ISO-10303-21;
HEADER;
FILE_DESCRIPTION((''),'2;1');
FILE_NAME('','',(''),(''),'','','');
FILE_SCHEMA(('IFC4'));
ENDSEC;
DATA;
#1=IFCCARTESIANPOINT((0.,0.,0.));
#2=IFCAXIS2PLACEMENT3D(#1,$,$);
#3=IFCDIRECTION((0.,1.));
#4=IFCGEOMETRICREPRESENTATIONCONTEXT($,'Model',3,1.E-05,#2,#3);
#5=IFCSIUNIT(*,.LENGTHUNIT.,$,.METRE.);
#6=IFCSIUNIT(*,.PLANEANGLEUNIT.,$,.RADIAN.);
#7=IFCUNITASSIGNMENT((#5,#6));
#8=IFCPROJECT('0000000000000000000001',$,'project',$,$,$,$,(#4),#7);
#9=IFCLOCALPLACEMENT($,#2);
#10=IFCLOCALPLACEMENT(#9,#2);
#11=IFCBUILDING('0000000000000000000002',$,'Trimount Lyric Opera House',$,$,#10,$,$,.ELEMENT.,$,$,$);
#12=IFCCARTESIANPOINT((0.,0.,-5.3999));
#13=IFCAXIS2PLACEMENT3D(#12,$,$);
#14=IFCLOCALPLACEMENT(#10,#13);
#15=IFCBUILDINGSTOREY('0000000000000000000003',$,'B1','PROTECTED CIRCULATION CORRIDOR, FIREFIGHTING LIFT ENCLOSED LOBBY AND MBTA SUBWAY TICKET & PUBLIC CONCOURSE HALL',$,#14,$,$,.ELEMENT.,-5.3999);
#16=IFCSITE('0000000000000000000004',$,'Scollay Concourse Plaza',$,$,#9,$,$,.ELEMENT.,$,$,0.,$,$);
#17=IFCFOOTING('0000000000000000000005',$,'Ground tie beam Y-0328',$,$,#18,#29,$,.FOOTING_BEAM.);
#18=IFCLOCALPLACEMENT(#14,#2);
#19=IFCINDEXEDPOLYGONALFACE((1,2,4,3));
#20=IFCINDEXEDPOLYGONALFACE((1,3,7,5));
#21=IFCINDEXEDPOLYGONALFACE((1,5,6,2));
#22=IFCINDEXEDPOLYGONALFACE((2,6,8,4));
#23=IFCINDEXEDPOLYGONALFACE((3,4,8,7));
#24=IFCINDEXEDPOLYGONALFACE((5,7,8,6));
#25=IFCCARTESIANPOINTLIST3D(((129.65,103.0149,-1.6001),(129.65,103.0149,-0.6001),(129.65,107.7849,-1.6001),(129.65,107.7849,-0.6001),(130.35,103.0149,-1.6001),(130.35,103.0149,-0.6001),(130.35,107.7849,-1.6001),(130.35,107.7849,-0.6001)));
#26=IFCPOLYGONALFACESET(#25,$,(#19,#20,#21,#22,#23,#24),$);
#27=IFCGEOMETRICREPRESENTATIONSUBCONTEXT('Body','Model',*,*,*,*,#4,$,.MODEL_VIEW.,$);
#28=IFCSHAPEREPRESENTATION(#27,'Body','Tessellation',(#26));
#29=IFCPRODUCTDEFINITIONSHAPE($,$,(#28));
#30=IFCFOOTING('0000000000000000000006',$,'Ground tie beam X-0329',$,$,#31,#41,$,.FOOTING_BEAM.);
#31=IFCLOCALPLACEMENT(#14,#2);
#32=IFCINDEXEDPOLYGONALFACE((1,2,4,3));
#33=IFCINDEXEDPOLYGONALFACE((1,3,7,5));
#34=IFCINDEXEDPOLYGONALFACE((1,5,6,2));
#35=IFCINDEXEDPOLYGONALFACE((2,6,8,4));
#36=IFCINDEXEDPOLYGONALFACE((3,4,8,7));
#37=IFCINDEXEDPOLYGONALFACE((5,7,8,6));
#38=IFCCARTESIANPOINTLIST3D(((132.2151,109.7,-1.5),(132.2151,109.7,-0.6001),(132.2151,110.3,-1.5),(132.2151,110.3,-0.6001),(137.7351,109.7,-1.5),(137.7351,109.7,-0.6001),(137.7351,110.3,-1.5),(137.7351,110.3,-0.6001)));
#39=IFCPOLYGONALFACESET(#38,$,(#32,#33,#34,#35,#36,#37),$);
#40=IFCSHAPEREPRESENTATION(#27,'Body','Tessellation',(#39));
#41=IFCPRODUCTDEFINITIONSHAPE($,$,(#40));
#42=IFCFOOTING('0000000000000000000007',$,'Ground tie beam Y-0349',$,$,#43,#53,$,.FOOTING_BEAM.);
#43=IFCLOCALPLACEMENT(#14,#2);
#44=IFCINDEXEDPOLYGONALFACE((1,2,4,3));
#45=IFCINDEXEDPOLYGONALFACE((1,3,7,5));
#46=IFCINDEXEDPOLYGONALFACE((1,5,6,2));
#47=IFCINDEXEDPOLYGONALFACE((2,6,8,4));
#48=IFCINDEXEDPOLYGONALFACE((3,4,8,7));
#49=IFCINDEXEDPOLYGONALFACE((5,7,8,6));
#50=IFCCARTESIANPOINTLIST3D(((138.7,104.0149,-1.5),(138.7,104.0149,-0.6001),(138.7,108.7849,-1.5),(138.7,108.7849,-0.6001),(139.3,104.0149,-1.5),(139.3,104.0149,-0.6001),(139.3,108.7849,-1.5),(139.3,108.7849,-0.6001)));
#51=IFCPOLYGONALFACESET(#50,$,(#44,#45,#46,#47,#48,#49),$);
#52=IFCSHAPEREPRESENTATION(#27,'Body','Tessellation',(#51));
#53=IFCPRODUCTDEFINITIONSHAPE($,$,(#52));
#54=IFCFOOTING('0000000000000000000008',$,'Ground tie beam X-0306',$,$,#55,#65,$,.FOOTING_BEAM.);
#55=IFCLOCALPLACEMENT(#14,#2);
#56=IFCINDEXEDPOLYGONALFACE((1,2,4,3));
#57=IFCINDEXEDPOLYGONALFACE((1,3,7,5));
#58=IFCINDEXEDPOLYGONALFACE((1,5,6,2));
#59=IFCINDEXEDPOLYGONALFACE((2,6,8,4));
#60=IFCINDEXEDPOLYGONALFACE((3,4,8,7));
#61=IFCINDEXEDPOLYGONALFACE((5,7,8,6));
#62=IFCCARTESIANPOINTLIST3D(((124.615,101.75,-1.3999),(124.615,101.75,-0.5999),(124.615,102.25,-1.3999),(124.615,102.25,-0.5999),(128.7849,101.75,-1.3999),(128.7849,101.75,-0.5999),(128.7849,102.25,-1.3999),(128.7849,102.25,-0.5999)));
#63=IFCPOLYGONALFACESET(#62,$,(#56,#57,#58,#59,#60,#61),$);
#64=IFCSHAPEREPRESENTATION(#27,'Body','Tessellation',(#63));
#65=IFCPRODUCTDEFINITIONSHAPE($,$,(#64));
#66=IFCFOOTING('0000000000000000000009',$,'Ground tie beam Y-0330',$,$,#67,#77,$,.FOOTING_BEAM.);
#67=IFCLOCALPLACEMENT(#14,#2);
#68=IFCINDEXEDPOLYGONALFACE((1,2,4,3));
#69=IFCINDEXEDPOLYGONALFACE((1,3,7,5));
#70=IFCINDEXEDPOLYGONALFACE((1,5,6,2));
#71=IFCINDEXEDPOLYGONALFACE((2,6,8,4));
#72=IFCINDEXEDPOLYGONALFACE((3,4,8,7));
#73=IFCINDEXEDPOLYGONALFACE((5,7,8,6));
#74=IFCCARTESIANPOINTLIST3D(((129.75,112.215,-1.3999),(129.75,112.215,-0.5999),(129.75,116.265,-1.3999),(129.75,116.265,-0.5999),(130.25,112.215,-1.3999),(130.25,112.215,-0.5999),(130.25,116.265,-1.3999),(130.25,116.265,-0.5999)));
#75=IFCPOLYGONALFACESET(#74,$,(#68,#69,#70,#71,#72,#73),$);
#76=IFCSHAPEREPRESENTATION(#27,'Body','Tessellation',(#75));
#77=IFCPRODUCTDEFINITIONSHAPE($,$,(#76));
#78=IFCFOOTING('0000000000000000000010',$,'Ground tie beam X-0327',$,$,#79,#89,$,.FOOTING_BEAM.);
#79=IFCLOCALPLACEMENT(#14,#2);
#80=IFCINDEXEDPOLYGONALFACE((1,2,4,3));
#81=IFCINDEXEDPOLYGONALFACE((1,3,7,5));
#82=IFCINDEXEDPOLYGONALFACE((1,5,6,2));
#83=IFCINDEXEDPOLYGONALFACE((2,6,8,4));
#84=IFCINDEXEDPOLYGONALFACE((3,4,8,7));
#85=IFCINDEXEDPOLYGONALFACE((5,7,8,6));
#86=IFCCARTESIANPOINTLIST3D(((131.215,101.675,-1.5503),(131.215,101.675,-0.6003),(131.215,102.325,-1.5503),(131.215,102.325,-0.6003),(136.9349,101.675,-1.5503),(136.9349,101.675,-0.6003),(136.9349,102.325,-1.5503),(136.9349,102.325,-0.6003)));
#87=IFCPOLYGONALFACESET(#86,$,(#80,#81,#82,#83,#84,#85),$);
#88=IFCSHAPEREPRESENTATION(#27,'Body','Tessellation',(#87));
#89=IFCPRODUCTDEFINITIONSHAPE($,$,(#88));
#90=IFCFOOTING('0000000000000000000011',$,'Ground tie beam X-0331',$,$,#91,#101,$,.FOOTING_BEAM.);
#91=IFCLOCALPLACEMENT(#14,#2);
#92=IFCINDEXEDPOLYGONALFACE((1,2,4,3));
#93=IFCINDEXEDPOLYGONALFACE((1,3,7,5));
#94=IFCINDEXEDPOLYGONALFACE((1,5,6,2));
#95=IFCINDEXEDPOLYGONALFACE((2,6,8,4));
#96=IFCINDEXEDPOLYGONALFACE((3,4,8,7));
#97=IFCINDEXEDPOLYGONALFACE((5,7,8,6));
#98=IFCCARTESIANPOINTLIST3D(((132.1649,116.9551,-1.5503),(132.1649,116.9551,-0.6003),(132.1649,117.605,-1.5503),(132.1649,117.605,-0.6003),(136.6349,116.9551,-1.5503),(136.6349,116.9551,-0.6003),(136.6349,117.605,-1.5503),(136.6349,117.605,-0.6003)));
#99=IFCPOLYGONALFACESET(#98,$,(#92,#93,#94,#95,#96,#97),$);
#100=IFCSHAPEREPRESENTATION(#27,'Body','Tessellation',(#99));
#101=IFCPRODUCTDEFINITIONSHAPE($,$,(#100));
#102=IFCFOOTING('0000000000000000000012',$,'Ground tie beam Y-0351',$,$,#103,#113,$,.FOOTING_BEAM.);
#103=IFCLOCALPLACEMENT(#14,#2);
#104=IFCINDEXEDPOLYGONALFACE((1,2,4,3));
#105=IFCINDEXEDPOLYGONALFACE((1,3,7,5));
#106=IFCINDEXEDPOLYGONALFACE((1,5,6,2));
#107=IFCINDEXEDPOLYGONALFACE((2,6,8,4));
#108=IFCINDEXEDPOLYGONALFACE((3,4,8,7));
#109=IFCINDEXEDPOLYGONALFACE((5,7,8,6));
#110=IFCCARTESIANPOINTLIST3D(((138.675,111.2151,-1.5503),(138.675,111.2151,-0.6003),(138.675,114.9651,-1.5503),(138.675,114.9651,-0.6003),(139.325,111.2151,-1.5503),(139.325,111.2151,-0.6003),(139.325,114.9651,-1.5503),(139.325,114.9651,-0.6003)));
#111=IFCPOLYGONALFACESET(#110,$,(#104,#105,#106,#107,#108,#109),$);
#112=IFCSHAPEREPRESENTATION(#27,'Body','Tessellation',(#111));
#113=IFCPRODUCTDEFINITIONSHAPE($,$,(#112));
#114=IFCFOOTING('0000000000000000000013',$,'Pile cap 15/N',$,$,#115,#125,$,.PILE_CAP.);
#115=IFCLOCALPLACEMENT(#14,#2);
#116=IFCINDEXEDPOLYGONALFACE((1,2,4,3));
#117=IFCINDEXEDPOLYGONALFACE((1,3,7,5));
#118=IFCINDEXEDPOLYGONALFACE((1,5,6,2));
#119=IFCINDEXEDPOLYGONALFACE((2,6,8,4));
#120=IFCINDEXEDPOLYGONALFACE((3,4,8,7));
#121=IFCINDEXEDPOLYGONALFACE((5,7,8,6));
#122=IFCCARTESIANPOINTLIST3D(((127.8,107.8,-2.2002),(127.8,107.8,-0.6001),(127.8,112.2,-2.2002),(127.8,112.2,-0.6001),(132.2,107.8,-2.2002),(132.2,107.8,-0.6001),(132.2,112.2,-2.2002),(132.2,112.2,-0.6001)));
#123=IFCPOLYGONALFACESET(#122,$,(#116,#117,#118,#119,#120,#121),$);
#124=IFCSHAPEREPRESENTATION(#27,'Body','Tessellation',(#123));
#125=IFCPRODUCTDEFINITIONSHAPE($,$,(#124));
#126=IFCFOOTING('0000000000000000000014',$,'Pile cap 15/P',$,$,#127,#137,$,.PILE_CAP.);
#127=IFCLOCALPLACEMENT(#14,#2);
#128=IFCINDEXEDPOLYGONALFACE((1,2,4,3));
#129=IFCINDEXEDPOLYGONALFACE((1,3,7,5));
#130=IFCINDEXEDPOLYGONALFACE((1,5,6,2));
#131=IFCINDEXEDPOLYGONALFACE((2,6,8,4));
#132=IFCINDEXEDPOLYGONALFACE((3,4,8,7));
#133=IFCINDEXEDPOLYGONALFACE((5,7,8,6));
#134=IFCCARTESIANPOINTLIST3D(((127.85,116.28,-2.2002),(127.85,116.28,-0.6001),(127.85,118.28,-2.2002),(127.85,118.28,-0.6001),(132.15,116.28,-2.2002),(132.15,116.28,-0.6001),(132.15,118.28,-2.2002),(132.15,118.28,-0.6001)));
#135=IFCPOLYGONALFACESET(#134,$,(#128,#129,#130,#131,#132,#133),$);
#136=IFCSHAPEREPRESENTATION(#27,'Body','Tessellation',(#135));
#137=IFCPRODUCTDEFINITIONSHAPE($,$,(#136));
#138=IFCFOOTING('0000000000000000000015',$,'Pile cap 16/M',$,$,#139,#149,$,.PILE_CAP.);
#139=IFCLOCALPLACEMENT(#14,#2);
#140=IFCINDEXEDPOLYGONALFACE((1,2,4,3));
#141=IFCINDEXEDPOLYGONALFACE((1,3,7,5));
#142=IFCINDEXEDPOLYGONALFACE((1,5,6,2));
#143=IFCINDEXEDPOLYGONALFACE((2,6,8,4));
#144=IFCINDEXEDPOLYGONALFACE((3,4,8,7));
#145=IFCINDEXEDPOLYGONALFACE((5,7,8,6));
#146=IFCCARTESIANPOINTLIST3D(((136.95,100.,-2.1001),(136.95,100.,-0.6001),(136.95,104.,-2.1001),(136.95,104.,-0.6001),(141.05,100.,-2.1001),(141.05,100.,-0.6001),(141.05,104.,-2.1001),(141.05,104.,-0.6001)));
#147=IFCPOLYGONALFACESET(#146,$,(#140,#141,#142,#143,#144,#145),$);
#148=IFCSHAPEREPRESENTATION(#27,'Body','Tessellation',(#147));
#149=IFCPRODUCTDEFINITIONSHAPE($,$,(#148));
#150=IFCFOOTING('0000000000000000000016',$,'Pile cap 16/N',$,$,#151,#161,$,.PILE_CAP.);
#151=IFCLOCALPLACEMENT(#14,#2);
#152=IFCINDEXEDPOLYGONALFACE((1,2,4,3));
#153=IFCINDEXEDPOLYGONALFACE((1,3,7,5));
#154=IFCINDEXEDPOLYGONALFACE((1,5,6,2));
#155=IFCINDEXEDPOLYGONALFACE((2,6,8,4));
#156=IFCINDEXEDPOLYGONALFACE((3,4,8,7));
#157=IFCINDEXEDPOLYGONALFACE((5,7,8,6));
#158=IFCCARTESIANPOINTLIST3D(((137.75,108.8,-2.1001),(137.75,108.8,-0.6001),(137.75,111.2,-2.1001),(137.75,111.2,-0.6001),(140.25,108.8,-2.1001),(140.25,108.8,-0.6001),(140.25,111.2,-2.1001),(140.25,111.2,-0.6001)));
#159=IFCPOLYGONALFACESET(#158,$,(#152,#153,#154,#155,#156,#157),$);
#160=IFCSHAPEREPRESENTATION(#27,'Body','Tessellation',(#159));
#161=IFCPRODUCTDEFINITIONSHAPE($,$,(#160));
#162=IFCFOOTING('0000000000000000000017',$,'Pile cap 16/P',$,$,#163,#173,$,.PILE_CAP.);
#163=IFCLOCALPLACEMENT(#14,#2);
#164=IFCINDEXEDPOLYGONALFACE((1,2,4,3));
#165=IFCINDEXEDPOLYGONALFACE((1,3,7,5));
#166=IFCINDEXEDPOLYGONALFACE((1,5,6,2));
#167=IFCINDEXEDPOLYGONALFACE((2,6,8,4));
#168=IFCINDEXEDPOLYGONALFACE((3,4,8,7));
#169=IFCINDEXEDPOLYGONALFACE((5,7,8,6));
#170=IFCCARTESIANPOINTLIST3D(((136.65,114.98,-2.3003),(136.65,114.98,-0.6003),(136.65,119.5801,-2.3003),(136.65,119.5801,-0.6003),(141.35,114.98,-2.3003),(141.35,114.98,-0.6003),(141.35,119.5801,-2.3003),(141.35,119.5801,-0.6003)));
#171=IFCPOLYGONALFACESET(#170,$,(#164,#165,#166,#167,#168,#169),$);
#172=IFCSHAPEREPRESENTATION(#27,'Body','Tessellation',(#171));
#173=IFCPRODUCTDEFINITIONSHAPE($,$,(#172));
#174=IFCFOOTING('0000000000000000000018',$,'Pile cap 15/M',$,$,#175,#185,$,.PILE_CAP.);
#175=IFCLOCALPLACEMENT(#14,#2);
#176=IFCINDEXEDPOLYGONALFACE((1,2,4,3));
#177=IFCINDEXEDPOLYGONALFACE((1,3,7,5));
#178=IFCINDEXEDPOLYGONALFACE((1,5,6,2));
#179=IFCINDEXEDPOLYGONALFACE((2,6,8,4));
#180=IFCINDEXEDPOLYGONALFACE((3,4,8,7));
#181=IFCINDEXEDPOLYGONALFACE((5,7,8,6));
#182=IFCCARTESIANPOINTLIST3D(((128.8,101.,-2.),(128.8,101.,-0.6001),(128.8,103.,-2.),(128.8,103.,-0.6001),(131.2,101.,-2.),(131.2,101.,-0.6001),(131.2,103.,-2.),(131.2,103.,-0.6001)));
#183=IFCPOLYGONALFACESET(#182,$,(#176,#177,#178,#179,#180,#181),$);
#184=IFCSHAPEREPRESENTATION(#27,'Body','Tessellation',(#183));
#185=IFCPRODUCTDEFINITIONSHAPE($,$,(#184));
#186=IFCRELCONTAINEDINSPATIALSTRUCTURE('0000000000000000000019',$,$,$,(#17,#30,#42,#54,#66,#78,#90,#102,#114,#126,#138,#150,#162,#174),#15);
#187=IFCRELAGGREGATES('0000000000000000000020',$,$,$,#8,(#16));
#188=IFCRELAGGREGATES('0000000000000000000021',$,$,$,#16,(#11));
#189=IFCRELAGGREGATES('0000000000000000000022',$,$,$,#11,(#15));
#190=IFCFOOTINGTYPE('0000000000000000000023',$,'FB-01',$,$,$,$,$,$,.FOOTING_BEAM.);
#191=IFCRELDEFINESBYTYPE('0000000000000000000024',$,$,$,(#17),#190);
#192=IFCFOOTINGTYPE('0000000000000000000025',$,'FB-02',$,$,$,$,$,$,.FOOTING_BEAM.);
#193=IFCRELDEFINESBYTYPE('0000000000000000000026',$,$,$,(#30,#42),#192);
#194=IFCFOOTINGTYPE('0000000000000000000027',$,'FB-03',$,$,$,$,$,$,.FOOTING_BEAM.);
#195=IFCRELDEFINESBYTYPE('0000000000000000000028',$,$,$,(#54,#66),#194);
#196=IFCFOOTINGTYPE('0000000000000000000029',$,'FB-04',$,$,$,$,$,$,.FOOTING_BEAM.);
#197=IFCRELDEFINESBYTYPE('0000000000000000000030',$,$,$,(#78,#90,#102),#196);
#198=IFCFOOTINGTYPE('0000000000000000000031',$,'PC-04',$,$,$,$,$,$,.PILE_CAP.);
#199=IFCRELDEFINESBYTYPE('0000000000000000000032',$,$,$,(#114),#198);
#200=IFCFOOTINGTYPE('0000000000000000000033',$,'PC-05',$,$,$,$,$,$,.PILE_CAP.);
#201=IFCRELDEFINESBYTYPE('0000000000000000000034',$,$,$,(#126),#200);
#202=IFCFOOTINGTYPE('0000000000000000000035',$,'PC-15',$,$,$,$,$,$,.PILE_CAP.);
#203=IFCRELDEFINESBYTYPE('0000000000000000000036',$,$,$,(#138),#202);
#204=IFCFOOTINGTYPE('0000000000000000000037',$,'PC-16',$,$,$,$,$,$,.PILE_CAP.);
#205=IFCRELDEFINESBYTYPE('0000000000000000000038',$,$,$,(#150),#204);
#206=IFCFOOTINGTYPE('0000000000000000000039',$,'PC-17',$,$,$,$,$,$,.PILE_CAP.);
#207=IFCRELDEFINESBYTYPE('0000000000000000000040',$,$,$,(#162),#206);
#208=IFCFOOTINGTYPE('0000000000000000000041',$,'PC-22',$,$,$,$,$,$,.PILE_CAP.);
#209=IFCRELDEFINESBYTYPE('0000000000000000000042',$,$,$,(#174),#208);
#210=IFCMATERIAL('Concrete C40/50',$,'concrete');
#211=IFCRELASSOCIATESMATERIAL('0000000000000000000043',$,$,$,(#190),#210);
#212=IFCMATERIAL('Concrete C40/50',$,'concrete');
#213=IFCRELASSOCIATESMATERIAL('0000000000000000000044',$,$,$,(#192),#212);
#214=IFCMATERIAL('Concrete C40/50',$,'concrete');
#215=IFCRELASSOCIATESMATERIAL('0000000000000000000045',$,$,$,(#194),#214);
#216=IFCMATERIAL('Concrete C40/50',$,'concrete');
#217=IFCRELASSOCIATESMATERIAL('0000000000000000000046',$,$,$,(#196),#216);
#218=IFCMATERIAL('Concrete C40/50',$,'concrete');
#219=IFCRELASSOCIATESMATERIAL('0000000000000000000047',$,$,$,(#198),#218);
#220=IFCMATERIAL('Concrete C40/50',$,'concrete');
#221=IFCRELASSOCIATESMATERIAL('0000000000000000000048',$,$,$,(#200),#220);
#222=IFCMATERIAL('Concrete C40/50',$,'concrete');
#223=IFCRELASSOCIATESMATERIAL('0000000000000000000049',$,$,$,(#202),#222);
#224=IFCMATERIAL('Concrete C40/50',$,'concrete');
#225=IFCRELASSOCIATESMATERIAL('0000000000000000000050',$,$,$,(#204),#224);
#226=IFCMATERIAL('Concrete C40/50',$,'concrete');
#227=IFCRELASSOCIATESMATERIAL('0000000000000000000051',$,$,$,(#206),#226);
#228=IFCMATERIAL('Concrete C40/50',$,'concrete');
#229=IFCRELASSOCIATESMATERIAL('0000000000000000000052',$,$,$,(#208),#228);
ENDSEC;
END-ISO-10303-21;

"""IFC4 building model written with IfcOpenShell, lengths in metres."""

from ifc_helpers import new_model, si_unit, direction, frame, origin, origin_2d, place, context, subcontext, project, spatial, rectangle, extrude, material, type_object, element, save


model = new_model("IFC4")

# Units and contexts
model_context = context("Model", 3, precision=1e-05, world=origin(), true_north=direction((0.0, 1.0)))
body_context = subcontext(model_context, "Body", "Model", "MODEL_VIEW")
ifc_project = project(units=[si_unit("LENGTHUNIT", "METRE"), si_unit("PLANEANGLEUNIT", "RADIAN")], contexts=[model_context])

# Site, building, storey
site_placement = place(None, origin())
site = spatial("IfcSite", under=ifc_project, at=site_placement, Name="Scollay Concourse Plaza", CompositionType="ELEMENT", RefElevation=0.0)
building_placement = place(site_placement, origin())
building = spatial("IfcBuilding", under=site, at=building_placement, Name="Trimount Lyric Opera House", CompositionType="ELEMENT")
storey_placement = place(building_placement, frame((0.0, 0.0, -5.3999)))
storey = spatial("IfcBuildingStorey", under=building, at=storey_placement, Name="B1", Description="PROTECTED CIRCULATION CORRIDOR, FIREFIGHTING LIFT ENCLOSED LOBBY AND MBTA SUBWAY TICKET & PUBLIC CONCOURSE HALL", CompositionType="ELEMENT", Elevation=-5.3999)

# Footings
ifc_material_1 = material(Name="Concrete C40/50", Category="concrete")
footing_type_1 = type_object("IfcFootingType", Name="FB-01", PredefinedType="FOOTING_BEAM", material=ifc_material_1)
footing_1_placement = place(storey_placement, frame((130.0, 105.3999, -1.6001), z_axis=(0.0, 0.0, 1.0), x_axis=(1.0, 0.0, 0.0)))
element("IfcFooting", 1, at=footing_1_placement, inside=storey, type_object=footing_type_1, Name="Ground tie beam Y-0328", PredefinedType="FOOTING_BEAM", context=body_context, shape_type="SweptSolid", body=[
    extrude(rectangle(XDim=0.7, YDim=4.77, at=origin_2d()), origin(), (0.0, 0.0, 1.0), 1.0),
])
ifc_material_2 = material(Name="Concrete C40/50", Category="concrete")
footing_type_2 = type_object("IfcFootingType", Name="FB-02", PredefinedType="FOOTING_BEAM", material=ifc_material_2)
footing_2_placement = place(storey_placement, frame((134.9751, 110.0, -1.5), z_axis=(0.0, 0.0, 1.0), x_axis=(1.0, 0.0, 0.0)))
element("IfcFooting", 2, at=footing_2_placement, inside=storey, type_object=footing_type_2, Name="Ground tie beam X-0329", PredefinedType="FOOTING_BEAM", context=body_context, shape_type="SweptSolid", body=[
    extrude(rectangle(XDim=5.52, YDim=0.6001, at=origin_2d()), origin(), (0.0, 0.0, 1.0), 0.8999),
])
footing_3_placement = place(storey_placement, frame((139.0, 106.3999, -1.5), z_axis=(0.0, 0.0, 1.0), x_axis=(1.0, 0.0, 0.0)))
element("IfcFooting", 3, at=footing_3_placement, inside=storey, type_object=footing_type_2, Name="Ground tie beam Y-0349", PredefinedType="FOOTING_BEAM", context=body_context, shape_type="SweptSolid", body=[
    extrude(rectangle(XDim=0.6001, YDim=4.77, at=origin_2d()), origin(), (0.0, 0.0, 1.0), 0.8999),
])
ifc_material_3 = material(Name="Concrete C40/50", Category="concrete")
footing_type_3 = type_object("IfcFootingType", Name="FB-03", PredefinedType="FOOTING_BEAM", material=ifc_material_3)
footing_4_placement = place(storey_placement, frame((126.7, 102.0, -1.3999), z_axis=(0.0, 0.0, 1.0), x_axis=(1.0, 0.0, 0.0)))
element("IfcFooting", 4, at=footing_4_placement, inside=storey, type_object=footing_type_3, Name="Ground tie beam X-0306", PredefinedType="FOOTING_BEAM", context=body_context, shape_type="SweptSolid", body=[
    extrude(rectangle(XDim=4.1699, YDim=0.5, at=origin_2d()), origin(), (0.0, 0.0, 1.0), 0.8),
])
footing_5_placement = place(storey_placement, frame((130.0, 114.24, -1.3999), z_axis=(0.0, 0.0, 1.0), x_axis=(1.0, 0.0, 0.0)))
element("IfcFooting", 5, at=footing_5_placement, inside=storey, type_object=footing_type_3, Name="Ground tie beam Y-0330", PredefinedType="FOOTING_BEAM", context=body_context, shape_type="SweptSolid", body=[
    extrude(rectangle(XDim=0.5, YDim=4.05, at=origin_2d()), origin(), (0.0, 0.0, 1.0), 0.8),
])
ifc_material_4 = material(Name="Concrete C40/50", Category="concrete")
footing_type_4 = type_object("IfcFootingType", Name="FB-04", PredefinedType="FOOTING_BEAM", material=ifc_material_4)
footing_6_placement = place(storey_placement, frame((134.075, 102.0, -1.5503), z_axis=(0.0, 0.0, 1.0), x_axis=(1.0, 0.0, 0.0)))
element("IfcFooting", 6, at=footing_6_placement, inside=storey, type_object=footing_type_4, Name="Ground tie beam X-0327", PredefinedType="FOOTING_BEAM", context=body_context, shape_type="SweptSolid", body=[
    extrude(rectangle(XDim=5.72, YDim=0.6499, at=origin_2d()), origin(), (0.0, 0.0, 1.0), 0.95),
])
footing_7_placement = place(storey_placement, frame((134.3999, 117.28, -1.5503), z_axis=(0.0, 0.0, 1.0), x_axis=(1.0, 0.0, 0.0)))
element("IfcFooting", 7, at=footing_7_placement, inside=storey, type_object=footing_type_4, Name="Ground tie beam X-0331", PredefinedType="FOOTING_BEAM", context=body_context, shape_type="SweptSolid", body=[
    extrude(rectangle(XDim=4.47, YDim=0.6499, at=origin_2d()), origin(), (0.0, 0.0, 1.0), 0.95),
])
footing_8_placement = place(storey_placement, frame((139.0, 113.0901, -1.5503), z_axis=(0.0, 0.0, 1.0), x_axis=(1.0, 0.0, 0.0)))
element("IfcFooting", 8, at=footing_8_placement, inside=storey, type_object=footing_type_4, Name="Ground tie beam Y-0351", PredefinedType="FOOTING_BEAM", context=body_context, shape_type="SweptSolid", body=[
    extrude(rectangle(XDim=0.6499, YDim=3.75, at=origin_2d()), origin(), (0.0, 0.0, 1.0), 0.95),
])
ifc_material_5 = material(Name="Concrete C40/50", Category="concrete")
footing_type_5 = type_object("IfcFootingType", Name="PC-04", PredefinedType="PILE_CAP", material=ifc_material_5)
footing_9_placement = place(storey_placement, frame((130.0, 110.0, -2.2002), z_axis=(0.0, 0.0, 1.0), x_axis=(1.0, 0.0, 0.0)))
element("IfcFooting", 9, at=footing_9_placement, inside=storey, type_object=footing_type_5, Name="Pile cap 15/N", PredefinedType="PILE_CAP", context=body_context, shape_type="SweptSolid", body=[
    extrude(rectangle(XDim=4.3999, YDim=4.3999, at=origin_2d()), origin(), (0.0, 0.0, 1.0), 1.6001),
])
ifc_material_6 = material(Name="Concrete C40/50", Category="concrete")
footing_type_6 = type_object("IfcFootingType", Name="PC-05", PredefinedType="PILE_CAP", material=ifc_material_6)
footing_10_placement = place(storey_placement, frame((130.0, 117.28, -2.2002), z_axis=(0.0, 0.0, 1.0), x_axis=(1.0, 0.0, 0.0)))
element("IfcFooting", 10, at=footing_10_placement, inside=storey, type_object=footing_type_6, Name="Pile cap 15/P", PredefinedType="PILE_CAP", context=body_context, shape_type="SweptSolid", body=[
    extrude(rectangle(XDim=4.3, YDim=2.0, at=origin_2d()), origin(), (0.0, 0.0, 1.0), 1.6001),
])
ifc_material_7 = material(Name="Concrete C40/50", Category="concrete")
footing_type_7 = type_object("IfcFootingType", Name="PC-15", PredefinedType="PILE_CAP", material=ifc_material_7)
footing_11_placement = place(storey_placement, frame((139.0, 102.0, -2.1001), z_axis=(0.0, 0.0, 1.0), x_axis=(1.0, 0.0, 0.0)))
element("IfcFooting", 11, at=footing_11_placement, inside=storey, type_object=footing_type_7, Name="Pile cap 16/M", PredefinedType="PILE_CAP", context=body_context, shape_type="SweptSolid", body=[
    extrude(rectangle(XDim=4.1001, YDim=4.0, at=origin_2d()), origin(), (0.0, 0.0, 1.0), 1.5),
])
ifc_material_8 = material(Name="Concrete C40/50", Category="concrete")
footing_type_8 = type_object("IfcFootingType", Name="PC-16", PredefinedType="PILE_CAP", material=ifc_material_8)
footing_12_placement = place(storey_placement, frame((139.0, 110.0, -2.1001), z_axis=(0.0, 0.0, 1.0), x_axis=(1.0, 0.0, 0.0)))
element("IfcFooting", 12, at=footing_12_placement, inside=storey, type_object=footing_type_8, Name="Pile cap 16/N", PredefinedType="PILE_CAP", context=body_context, shape_type="SweptSolid", body=[
    extrude(rectangle(XDim=2.5, YDim=2.3999, at=origin_2d()), origin(), (0.0, 0.0, 1.0), 1.5),
])
ifc_material_9 = material(Name="Concrete C40/50", Category="concrete")
footing_type_9 = type_object("IfcFootingType", Name="PC-17", PredefinedType="PILE_CAP", material=ifc_material_9)
footing_13_placement = place(storey_placement, frame((139.0, 117.28, -2.3003), z_axis=(0.0, 0.0, 1.0), x_axis=(1.0, 0.0, 0.0)))
element("IfcFooting", 13, at=footing_13_placement, inside=storey, type_object=footing_type_9, Name="Pile cap 16/P", PredefinedType="PILE_CAP", context=body_context, shape_type="SweptSolid", body=[
    extrude(rectangle(XDim=4.7, YDim=4.6001, at=origin_2d()), origin(), (0.0, 0.0, 1.0), 1.7),
])
ifc_material_10 = material(Name="Concrete C40/50", Category="concrete")
footing_type_10 = type_object("IfcFootingType", Name="PC-22", PredefinedType="PILE_CAP", material=ifc_material_10)
footing_14_placement = place(storey_placement, frame((130.0, 102.0, -2.0), z_axis=(0.0, 0.0, 1.0), x_axis=(1.0, 0.0, 0.0)))
element("IfcFooting", 14, at=footing_14_placement, inside=storey, type_object=footing_type_10, Name="Pile cap 15/M", PredefinedType="PILE_CAP", context=body_context, shape_type="SweptSolid", body=[
    extrude(rectangle(XDim=2.3999, YDim=2.0, at=origin_2d()), origin(), (0.0, 0.0, 1.0), 1.3999),
])

save(model, "model.ifc")
